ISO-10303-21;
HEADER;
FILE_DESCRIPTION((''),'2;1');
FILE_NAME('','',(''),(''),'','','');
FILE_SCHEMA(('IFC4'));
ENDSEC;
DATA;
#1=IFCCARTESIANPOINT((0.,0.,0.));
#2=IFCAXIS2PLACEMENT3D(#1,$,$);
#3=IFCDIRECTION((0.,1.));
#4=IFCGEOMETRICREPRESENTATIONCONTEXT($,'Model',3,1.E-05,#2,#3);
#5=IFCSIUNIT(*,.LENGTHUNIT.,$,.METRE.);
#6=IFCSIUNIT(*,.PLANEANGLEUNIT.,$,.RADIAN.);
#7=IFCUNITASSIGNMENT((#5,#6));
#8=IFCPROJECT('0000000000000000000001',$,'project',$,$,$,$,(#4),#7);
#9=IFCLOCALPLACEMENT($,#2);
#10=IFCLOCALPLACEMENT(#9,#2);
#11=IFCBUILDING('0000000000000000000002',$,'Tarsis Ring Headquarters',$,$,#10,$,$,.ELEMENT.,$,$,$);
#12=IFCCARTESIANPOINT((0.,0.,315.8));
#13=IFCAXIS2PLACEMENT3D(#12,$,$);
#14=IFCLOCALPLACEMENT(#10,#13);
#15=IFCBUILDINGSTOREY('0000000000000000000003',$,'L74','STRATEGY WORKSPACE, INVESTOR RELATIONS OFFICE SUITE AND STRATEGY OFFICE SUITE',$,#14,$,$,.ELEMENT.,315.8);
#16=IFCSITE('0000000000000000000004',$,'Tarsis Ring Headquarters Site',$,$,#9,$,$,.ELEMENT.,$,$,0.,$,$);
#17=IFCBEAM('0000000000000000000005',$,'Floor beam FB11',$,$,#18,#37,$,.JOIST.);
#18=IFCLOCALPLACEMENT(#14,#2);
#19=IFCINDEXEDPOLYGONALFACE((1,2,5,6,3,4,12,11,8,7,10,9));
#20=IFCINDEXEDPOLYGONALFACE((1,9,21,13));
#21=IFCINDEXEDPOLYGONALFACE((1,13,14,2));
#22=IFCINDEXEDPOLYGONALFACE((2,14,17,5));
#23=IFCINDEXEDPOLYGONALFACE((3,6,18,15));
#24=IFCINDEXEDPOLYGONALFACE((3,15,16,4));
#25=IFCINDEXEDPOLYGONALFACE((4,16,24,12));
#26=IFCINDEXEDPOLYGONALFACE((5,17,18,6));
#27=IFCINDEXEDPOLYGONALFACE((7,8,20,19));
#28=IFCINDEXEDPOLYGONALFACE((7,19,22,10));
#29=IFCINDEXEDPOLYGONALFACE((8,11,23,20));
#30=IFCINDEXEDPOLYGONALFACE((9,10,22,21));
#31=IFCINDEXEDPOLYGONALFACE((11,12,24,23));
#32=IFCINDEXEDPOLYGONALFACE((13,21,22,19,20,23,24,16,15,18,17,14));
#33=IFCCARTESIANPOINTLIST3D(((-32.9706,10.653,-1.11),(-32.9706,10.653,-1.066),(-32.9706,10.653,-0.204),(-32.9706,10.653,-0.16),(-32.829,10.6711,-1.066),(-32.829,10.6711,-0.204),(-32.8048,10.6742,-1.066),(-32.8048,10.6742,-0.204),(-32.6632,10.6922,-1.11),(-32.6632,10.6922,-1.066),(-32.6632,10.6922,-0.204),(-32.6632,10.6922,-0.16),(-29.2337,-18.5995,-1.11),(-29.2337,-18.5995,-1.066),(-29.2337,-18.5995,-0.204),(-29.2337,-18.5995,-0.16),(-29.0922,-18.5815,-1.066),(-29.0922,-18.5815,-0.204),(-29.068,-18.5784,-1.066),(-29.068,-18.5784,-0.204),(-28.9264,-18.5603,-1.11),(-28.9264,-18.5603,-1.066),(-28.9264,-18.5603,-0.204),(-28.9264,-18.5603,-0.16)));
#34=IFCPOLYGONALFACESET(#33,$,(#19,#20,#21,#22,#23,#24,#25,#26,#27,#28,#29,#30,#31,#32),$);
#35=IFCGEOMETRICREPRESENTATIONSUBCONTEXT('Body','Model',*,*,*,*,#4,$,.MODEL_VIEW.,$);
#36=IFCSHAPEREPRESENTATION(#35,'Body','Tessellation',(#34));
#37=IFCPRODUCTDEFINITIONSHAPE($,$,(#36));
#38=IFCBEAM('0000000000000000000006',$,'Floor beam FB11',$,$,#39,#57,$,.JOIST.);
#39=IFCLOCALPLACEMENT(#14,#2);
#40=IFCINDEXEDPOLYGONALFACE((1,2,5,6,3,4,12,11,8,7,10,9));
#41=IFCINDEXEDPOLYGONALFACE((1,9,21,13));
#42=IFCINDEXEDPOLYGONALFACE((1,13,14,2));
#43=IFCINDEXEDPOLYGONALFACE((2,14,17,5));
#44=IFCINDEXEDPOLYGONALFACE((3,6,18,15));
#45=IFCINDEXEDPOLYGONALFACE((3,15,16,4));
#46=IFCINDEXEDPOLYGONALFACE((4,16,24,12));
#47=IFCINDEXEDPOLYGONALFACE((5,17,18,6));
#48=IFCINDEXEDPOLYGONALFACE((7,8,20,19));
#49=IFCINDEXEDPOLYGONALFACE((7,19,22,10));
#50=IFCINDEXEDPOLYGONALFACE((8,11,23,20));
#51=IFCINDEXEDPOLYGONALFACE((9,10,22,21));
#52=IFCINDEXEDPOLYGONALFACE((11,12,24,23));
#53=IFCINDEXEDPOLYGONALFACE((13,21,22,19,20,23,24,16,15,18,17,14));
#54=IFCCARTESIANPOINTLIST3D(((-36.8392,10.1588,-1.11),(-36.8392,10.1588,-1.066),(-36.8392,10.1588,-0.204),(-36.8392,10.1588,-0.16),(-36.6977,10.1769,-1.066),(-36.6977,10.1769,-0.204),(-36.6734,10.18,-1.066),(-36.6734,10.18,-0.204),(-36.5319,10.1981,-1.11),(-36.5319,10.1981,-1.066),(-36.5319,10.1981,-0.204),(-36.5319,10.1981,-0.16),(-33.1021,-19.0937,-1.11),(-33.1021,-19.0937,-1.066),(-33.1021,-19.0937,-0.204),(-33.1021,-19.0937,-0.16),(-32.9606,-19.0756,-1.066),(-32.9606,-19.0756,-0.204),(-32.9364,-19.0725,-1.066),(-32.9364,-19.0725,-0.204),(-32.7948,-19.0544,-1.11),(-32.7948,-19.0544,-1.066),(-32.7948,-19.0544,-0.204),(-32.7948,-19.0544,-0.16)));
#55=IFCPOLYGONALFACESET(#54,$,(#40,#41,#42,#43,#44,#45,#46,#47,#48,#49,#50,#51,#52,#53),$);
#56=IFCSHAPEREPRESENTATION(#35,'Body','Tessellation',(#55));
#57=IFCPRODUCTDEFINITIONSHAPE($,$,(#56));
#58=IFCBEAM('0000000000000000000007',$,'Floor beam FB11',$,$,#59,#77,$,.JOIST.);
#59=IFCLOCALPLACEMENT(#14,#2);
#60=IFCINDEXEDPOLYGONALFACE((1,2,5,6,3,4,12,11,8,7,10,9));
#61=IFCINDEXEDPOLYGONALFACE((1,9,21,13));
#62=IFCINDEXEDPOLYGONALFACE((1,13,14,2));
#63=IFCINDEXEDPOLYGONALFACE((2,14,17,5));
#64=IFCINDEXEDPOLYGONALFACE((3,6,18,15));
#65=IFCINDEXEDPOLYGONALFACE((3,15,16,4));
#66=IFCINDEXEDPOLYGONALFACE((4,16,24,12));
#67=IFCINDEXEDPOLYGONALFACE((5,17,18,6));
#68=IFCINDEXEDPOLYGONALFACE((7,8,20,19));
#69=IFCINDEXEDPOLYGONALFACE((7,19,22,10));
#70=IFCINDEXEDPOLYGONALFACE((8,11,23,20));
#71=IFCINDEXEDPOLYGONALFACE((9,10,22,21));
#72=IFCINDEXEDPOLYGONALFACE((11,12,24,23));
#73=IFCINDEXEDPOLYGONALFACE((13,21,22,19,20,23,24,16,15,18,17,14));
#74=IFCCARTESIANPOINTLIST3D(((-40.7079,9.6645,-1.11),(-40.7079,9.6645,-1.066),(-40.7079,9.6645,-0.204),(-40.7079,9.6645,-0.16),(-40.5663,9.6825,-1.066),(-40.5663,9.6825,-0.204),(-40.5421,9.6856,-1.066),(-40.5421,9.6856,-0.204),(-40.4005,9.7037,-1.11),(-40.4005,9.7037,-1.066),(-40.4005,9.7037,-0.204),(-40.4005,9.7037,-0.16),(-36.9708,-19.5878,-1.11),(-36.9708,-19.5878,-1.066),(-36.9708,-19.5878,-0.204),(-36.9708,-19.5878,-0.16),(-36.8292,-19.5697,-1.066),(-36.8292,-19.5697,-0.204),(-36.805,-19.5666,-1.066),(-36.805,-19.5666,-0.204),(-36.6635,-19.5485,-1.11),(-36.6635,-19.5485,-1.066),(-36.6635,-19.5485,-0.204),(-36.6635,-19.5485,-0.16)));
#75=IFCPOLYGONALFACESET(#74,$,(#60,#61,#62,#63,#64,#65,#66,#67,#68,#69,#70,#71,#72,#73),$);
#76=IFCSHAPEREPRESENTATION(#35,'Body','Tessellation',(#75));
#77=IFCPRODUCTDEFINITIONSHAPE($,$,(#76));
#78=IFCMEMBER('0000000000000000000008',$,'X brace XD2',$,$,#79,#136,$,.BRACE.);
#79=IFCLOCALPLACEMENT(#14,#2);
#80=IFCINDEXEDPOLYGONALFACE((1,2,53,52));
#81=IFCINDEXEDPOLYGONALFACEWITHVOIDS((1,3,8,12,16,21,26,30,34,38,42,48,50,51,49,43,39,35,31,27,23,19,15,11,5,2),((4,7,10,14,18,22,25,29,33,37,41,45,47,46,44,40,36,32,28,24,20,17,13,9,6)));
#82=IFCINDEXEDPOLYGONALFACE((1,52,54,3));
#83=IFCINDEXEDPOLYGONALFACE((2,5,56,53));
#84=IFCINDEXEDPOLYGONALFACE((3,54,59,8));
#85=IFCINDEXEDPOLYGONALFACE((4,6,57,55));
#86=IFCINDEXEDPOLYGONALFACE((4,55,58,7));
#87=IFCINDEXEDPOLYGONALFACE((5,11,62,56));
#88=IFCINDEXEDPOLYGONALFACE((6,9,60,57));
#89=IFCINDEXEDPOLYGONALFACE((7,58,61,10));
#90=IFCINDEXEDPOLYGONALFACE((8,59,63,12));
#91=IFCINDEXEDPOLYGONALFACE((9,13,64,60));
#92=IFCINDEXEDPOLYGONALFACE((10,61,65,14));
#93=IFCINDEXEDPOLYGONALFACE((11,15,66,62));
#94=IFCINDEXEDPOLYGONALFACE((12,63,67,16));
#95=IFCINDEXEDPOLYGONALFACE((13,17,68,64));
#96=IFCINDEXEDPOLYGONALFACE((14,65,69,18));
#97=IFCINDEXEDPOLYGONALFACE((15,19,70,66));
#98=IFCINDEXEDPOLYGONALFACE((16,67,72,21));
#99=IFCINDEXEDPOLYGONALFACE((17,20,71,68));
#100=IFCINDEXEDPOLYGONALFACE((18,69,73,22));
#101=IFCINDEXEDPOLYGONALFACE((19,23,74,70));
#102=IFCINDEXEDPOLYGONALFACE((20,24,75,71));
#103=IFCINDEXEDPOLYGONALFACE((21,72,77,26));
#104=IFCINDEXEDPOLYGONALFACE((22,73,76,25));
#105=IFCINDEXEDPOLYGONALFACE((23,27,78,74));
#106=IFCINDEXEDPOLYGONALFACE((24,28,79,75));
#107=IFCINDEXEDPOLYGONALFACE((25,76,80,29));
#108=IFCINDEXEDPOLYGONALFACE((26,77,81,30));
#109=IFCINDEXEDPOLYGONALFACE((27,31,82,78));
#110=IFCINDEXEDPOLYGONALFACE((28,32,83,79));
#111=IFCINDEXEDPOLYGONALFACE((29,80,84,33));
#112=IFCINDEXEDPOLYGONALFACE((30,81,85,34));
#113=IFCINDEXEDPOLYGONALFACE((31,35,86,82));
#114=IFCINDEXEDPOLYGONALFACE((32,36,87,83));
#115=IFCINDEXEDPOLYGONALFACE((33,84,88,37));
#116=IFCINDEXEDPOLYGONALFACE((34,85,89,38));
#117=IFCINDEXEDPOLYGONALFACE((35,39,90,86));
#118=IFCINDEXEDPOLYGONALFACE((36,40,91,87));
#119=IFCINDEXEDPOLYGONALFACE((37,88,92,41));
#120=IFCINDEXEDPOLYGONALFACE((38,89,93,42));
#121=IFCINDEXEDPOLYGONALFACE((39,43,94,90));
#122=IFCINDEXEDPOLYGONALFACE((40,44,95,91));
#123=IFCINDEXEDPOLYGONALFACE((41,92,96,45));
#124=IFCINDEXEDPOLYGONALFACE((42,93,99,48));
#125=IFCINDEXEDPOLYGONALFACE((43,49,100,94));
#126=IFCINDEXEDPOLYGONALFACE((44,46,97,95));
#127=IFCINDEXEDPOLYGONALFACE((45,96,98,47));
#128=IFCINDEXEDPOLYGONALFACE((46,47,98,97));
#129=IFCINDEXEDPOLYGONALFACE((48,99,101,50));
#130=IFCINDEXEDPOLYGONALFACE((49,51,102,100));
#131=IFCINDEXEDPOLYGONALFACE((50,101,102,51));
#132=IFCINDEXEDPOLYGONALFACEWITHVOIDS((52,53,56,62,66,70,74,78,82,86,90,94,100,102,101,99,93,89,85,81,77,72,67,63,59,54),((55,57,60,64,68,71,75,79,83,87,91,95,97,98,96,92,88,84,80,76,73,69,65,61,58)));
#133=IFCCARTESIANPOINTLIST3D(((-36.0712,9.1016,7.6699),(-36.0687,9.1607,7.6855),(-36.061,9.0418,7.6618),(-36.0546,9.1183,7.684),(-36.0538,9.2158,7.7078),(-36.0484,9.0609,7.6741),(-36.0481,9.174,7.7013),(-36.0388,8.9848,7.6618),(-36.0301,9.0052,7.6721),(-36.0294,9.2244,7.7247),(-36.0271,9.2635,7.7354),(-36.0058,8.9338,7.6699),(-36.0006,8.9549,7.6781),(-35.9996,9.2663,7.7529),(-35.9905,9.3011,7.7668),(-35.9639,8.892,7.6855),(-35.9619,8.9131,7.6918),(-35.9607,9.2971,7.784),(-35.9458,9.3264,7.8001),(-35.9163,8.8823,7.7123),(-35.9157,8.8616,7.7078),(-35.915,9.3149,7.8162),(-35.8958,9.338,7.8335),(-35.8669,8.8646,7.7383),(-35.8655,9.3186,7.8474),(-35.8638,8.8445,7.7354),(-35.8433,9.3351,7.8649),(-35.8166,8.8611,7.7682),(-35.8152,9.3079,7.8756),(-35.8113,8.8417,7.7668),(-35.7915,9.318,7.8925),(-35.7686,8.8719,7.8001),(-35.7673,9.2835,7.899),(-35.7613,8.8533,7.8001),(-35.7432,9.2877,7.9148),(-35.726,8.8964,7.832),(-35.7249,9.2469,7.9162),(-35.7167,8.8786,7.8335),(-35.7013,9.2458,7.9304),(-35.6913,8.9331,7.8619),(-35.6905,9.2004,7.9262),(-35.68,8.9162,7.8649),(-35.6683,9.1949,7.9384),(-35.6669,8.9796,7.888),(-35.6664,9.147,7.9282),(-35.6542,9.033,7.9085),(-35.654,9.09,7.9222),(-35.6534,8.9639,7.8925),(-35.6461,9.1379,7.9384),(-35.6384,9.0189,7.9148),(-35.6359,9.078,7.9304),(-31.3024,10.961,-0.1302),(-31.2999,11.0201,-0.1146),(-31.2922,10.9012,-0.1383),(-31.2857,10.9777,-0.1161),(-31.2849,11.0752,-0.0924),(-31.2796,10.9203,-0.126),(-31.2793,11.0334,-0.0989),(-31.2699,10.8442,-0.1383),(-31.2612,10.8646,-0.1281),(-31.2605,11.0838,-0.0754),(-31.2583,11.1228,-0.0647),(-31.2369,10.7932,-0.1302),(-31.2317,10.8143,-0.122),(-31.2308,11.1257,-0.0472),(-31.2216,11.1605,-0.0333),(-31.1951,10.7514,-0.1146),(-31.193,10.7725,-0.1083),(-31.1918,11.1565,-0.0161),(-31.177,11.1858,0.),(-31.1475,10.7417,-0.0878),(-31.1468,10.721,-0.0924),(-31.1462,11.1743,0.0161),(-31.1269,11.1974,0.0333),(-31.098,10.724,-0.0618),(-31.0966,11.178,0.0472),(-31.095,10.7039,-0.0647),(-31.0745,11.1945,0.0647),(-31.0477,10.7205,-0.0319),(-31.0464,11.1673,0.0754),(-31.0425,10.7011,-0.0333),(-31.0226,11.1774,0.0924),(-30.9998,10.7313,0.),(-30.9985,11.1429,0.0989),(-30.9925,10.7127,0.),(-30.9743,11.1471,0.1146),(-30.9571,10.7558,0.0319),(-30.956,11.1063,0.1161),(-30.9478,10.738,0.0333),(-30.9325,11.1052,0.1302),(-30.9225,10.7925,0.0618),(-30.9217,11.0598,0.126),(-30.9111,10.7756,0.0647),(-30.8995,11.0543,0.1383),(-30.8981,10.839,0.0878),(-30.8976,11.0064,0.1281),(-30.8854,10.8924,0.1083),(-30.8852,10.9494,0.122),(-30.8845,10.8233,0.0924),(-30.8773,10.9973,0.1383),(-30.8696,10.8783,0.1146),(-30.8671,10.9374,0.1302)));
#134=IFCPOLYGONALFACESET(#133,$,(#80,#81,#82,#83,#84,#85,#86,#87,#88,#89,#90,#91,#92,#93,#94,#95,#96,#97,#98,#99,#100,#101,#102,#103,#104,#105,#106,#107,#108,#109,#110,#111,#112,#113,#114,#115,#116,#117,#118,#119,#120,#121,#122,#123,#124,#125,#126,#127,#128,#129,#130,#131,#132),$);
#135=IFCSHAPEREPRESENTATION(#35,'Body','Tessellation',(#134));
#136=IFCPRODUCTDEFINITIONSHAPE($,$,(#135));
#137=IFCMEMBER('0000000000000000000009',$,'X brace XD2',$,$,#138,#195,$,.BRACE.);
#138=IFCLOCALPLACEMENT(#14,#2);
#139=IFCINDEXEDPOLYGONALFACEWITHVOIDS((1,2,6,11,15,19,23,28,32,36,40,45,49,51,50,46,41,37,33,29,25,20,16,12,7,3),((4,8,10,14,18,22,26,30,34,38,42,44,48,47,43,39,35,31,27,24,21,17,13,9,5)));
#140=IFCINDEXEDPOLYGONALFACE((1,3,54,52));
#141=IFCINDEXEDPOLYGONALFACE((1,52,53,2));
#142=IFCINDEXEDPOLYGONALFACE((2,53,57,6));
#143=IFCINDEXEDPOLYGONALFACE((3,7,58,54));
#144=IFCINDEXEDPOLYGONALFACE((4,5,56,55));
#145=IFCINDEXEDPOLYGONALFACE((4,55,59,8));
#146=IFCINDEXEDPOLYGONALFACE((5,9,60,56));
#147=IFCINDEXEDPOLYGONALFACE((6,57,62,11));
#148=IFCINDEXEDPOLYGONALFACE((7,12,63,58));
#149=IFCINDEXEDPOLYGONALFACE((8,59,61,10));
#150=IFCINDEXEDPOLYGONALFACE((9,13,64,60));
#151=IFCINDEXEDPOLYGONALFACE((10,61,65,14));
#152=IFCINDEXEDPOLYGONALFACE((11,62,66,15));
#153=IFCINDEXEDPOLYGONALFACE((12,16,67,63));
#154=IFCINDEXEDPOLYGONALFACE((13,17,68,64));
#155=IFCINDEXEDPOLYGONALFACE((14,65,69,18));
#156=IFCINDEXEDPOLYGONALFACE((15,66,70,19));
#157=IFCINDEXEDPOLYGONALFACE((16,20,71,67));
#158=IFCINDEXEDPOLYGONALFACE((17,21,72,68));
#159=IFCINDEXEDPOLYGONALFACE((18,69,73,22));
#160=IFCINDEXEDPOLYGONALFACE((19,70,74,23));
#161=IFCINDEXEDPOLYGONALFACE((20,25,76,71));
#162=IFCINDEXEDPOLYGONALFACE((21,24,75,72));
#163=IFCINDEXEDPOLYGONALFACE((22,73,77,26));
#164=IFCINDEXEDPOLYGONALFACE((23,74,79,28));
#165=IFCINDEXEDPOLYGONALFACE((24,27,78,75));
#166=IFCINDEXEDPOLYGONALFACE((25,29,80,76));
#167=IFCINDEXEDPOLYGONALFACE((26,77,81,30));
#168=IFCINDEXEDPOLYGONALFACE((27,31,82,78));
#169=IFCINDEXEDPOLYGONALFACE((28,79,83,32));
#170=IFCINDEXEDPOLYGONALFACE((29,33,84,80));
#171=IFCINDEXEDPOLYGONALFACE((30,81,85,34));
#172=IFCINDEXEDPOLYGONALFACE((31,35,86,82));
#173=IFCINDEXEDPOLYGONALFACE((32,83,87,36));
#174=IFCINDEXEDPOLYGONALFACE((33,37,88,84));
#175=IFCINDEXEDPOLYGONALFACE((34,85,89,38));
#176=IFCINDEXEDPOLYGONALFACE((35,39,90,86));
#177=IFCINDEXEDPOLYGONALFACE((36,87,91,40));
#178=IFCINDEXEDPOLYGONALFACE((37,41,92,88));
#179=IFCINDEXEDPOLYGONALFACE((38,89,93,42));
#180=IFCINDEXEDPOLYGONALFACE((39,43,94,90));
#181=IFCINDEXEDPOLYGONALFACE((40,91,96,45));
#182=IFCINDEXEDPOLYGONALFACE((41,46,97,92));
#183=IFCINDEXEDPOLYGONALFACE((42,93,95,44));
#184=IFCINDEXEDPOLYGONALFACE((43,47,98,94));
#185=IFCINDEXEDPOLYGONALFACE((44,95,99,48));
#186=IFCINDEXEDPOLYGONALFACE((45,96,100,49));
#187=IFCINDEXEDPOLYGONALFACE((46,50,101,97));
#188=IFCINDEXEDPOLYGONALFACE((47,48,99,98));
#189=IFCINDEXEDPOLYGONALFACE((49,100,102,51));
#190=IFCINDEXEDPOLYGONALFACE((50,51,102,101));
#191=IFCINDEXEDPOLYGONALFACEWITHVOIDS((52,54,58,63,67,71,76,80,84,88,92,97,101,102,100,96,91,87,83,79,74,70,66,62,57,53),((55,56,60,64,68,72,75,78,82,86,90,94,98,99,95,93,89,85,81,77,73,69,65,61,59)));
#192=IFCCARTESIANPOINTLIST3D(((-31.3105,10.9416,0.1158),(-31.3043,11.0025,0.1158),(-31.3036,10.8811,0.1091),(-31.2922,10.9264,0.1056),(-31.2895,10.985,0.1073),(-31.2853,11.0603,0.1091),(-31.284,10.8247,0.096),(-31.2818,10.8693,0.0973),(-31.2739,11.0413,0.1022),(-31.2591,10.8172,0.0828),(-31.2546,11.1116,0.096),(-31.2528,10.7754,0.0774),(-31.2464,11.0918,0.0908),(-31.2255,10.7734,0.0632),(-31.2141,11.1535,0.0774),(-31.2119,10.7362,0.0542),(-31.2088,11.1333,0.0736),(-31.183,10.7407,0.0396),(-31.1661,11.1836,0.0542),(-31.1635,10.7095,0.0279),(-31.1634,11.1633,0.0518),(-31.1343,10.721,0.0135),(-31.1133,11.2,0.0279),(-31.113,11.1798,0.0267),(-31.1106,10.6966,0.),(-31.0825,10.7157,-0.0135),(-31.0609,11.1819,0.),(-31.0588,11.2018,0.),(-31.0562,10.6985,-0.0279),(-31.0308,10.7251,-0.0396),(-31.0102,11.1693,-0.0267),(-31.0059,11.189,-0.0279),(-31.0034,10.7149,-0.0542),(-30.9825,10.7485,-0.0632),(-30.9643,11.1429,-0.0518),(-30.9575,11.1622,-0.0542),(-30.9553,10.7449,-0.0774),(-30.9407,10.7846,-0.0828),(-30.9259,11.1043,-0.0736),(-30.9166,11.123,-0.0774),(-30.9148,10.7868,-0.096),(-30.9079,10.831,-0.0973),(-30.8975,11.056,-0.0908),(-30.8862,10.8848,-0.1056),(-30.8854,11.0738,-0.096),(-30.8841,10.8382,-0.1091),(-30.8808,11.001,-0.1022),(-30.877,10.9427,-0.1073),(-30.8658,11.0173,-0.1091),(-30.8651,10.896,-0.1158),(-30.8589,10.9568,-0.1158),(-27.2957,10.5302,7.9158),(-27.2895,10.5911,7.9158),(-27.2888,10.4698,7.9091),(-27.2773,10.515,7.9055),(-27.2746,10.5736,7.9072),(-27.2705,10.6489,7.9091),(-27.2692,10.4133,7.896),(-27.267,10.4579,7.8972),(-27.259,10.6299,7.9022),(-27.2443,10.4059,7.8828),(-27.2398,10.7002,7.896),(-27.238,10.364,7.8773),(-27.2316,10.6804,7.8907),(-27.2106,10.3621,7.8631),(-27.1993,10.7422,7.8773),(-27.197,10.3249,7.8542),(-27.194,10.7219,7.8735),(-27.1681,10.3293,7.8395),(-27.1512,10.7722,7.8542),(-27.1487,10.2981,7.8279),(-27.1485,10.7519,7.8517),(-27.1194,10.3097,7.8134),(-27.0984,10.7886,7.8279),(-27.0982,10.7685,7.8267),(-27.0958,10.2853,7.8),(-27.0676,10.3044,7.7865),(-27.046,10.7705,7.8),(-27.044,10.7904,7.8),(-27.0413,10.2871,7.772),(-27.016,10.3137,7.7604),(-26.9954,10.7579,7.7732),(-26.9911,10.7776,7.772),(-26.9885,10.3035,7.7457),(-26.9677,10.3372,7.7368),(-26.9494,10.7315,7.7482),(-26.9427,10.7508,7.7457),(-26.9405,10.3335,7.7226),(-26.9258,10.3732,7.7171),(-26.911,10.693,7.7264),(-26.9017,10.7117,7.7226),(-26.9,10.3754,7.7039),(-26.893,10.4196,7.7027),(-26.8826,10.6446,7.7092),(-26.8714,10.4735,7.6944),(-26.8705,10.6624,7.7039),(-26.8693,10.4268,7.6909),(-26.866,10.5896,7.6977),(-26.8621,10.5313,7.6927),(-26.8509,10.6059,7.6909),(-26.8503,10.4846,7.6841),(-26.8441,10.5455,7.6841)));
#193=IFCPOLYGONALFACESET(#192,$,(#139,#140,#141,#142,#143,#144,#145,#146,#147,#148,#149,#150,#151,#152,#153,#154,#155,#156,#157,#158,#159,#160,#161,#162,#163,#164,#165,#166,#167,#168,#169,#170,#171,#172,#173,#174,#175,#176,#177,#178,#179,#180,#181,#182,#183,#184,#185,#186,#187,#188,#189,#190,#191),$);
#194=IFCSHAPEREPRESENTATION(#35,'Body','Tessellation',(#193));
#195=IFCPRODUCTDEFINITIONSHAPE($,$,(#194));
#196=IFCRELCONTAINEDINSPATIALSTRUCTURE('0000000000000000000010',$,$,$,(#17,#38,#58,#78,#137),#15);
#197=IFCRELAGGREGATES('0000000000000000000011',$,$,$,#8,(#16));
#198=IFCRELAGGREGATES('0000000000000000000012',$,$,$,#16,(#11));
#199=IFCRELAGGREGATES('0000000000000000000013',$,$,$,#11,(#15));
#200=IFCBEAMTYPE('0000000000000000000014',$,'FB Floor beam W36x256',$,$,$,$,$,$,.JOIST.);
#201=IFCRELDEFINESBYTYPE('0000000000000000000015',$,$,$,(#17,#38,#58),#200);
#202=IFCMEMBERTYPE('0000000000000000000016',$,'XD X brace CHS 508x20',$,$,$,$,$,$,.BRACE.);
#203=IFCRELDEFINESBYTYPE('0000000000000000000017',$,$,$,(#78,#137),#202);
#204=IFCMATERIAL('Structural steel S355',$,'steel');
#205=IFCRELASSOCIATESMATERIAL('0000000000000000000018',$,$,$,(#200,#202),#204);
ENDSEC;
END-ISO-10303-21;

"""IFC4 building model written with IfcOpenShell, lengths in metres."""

from ifc_helpers import new_model, si_unit, direction, frame, origin, origin_2d, place, context, subcontext, project, spatial, hollow_circle, i_section, extrude, material, material_profile, profile_set, type_object, element, save


model = new_model("IFC4")

# Units and contexts
model_context = context("Model", 3, precision=1e-05, world=origin(), true_north=direction((0.0, 1.0)))
body_context = subcontext(model_context, "Body", "Model", "MODEL_VIEW")
ifc_project = project(units=[si_unit("LENGTHUNIT", "METRE"), si_unit("PLANEANGLEUNIT", "RADIAN")], contexts=[model_context])

# Site, building, storey
site_placement = place(None, origin())
site = spatial("IfcSite", under=ifc_project, at=site_placement, Name="Tarsis Ring Headquarters Site", CompositionType="ELEMENT", RefElevation=0.0)
building_placement = place(site_placement, origin())
building = spatial("IfcBuilding", under=site, at=building_placement, Name="Tarsis Ring Headquarters", CompositionType="ELEMENT")
storey_placement = place(building_placement, frame((0.0, 0.0, 315.8)))
storey = spatial("IfcBuildingStorey", under=building, at=storey_placement, Name="L74", Description="STRATEGY WORKSPACE, INVESTOR RELATIONS OFFICE SUITE AND STRATEGY OFFICE SUITE", CompositionType="ELEMENT", Elevation=315.8)

# Shared definitions
ifc_material_1 = material(Name="Structural steel S355", Category="steel")

# Beams
ifc_material_profile_1 = material_profile(ifc_material_1, i_section(OverallWidth=0.3098, OverallDepth=0.95, WebThickness=0.0244, FlangeThickness=0.0439, at=origin_2d()), Name="W36x256")
ifc_profile_set_1 = profile_set([ifc_material_profile_1], Name="Structural steel S355")
beam_type_1 = type_object("IfcBeamType", Name="FB Floor beam W36x256", PredefinedType="JOIST", material=ifc_profile_set_1)
for number, where, z_axis, x_axis, name in (
    (1, (-32.8169, 10.6726, -0.635), (0.126714, -0.991939, 0.0), (0.991939, 0.126714, 0.0), "Floor beam FB11"),
    (2, (-36.6855, 10.1785, -0.635), (0.126722, -0.991938, 0.0), (0.991938, 0.126722, 0.0), "Floor beam FB11"),
):
    element("IfcBeam", number, at=place(storey_placement, frame(where, z_axis=z_axis, x_axis=x_axis)), inside=storey, type_object=beam_type_1, Name=name, PredefinedType="JOIST", context=body_context, shape_type="SweptSolid", body=[
        extrude(i_section(OverallWidth=0.3098, OverallDepth=0.95, WebThickness=0.0244, FlangeThickness=0.0439, at=origin_2d()), origin(), (0.0, 0.0, 1.0), 29.4902),
    ])
beam_1_placement = place(storey_placement, frame((-40.5542, 9.6841, -0.635), z_axis=(0.126723, -0.991938, 0.0), x_axis=(0.991938, 0.126723, 0.0)))
element("IfcBeam", 3, at=beam_1_placement, inside=storey, type_object=beam_type_1, Name="Floor beam FB11", PredefinedType="JOIST", context=body_context, shape_type="SweptSolid", body=[
    extrude(i_section(OverallWidth=0.3098, OverallDepth=0.95, WebThickness=0.0244, FlangeThickness=0.0439, at=origin_2d()), origin(), (0.0, 0.0, 1.0), 29.49),
])

# Members
ifc_material_profile_2 = material_profile(ifc_material_1, hollow_circle(Radius=0.2539, WallThickness=0.02, at=origin_2d()), Name="CHS 508x20")
ifc_profile_set_2 = profile_set([ifc_material_profile_2], Name="Structural steel S355")
member_type = type_object("IfcMemberType", Name="XD X brace CHS 508x20", PredefinedType="BRACE", material=ifc_profile_set_2)
member_1_placement = place(storey_placement, frame((-31.0847, 10.9492, 0.0), z_axis=(-0.511153, -0.199301, 0.836063), x_axis=(0.363268, -0.931685, 0.0)))
element("IfcMember", 4, at=member_1_placement, inside=storey, type_object=member_type, Name="X brace XD2", PredefinedType="BRACE", context=body_context, shape_type="SweptSolid", body=[
    extrude(hollow_circle(Radius=0.2539, WallThickness=0.02, at=origin_2d()), origin(), (0.0, 0.0, 1.0), 9.3296),
])
member_2_placement = place(storey_placement, frame((-31.0847, 10.9492, 0.0), z_axis=(0.457156, -0.046841, 0.888152), x_axis=(0.101929, 0.994792, 0.0)))
element("IfcMember", 5, at=member_2_placement, inside=storey, type_object=member_type, Name="X brace XD2", PredefinedType="BRACE", context=body_context, shape_type="SweptSolid", body=[
    extrude(hollow_circle(Radius=0.2539, WallThickness=0.02, at=origin_2d()), origin(), (0.0, 0.0, 1.0), 8.7822),
])

save(model, "model.ifc")
